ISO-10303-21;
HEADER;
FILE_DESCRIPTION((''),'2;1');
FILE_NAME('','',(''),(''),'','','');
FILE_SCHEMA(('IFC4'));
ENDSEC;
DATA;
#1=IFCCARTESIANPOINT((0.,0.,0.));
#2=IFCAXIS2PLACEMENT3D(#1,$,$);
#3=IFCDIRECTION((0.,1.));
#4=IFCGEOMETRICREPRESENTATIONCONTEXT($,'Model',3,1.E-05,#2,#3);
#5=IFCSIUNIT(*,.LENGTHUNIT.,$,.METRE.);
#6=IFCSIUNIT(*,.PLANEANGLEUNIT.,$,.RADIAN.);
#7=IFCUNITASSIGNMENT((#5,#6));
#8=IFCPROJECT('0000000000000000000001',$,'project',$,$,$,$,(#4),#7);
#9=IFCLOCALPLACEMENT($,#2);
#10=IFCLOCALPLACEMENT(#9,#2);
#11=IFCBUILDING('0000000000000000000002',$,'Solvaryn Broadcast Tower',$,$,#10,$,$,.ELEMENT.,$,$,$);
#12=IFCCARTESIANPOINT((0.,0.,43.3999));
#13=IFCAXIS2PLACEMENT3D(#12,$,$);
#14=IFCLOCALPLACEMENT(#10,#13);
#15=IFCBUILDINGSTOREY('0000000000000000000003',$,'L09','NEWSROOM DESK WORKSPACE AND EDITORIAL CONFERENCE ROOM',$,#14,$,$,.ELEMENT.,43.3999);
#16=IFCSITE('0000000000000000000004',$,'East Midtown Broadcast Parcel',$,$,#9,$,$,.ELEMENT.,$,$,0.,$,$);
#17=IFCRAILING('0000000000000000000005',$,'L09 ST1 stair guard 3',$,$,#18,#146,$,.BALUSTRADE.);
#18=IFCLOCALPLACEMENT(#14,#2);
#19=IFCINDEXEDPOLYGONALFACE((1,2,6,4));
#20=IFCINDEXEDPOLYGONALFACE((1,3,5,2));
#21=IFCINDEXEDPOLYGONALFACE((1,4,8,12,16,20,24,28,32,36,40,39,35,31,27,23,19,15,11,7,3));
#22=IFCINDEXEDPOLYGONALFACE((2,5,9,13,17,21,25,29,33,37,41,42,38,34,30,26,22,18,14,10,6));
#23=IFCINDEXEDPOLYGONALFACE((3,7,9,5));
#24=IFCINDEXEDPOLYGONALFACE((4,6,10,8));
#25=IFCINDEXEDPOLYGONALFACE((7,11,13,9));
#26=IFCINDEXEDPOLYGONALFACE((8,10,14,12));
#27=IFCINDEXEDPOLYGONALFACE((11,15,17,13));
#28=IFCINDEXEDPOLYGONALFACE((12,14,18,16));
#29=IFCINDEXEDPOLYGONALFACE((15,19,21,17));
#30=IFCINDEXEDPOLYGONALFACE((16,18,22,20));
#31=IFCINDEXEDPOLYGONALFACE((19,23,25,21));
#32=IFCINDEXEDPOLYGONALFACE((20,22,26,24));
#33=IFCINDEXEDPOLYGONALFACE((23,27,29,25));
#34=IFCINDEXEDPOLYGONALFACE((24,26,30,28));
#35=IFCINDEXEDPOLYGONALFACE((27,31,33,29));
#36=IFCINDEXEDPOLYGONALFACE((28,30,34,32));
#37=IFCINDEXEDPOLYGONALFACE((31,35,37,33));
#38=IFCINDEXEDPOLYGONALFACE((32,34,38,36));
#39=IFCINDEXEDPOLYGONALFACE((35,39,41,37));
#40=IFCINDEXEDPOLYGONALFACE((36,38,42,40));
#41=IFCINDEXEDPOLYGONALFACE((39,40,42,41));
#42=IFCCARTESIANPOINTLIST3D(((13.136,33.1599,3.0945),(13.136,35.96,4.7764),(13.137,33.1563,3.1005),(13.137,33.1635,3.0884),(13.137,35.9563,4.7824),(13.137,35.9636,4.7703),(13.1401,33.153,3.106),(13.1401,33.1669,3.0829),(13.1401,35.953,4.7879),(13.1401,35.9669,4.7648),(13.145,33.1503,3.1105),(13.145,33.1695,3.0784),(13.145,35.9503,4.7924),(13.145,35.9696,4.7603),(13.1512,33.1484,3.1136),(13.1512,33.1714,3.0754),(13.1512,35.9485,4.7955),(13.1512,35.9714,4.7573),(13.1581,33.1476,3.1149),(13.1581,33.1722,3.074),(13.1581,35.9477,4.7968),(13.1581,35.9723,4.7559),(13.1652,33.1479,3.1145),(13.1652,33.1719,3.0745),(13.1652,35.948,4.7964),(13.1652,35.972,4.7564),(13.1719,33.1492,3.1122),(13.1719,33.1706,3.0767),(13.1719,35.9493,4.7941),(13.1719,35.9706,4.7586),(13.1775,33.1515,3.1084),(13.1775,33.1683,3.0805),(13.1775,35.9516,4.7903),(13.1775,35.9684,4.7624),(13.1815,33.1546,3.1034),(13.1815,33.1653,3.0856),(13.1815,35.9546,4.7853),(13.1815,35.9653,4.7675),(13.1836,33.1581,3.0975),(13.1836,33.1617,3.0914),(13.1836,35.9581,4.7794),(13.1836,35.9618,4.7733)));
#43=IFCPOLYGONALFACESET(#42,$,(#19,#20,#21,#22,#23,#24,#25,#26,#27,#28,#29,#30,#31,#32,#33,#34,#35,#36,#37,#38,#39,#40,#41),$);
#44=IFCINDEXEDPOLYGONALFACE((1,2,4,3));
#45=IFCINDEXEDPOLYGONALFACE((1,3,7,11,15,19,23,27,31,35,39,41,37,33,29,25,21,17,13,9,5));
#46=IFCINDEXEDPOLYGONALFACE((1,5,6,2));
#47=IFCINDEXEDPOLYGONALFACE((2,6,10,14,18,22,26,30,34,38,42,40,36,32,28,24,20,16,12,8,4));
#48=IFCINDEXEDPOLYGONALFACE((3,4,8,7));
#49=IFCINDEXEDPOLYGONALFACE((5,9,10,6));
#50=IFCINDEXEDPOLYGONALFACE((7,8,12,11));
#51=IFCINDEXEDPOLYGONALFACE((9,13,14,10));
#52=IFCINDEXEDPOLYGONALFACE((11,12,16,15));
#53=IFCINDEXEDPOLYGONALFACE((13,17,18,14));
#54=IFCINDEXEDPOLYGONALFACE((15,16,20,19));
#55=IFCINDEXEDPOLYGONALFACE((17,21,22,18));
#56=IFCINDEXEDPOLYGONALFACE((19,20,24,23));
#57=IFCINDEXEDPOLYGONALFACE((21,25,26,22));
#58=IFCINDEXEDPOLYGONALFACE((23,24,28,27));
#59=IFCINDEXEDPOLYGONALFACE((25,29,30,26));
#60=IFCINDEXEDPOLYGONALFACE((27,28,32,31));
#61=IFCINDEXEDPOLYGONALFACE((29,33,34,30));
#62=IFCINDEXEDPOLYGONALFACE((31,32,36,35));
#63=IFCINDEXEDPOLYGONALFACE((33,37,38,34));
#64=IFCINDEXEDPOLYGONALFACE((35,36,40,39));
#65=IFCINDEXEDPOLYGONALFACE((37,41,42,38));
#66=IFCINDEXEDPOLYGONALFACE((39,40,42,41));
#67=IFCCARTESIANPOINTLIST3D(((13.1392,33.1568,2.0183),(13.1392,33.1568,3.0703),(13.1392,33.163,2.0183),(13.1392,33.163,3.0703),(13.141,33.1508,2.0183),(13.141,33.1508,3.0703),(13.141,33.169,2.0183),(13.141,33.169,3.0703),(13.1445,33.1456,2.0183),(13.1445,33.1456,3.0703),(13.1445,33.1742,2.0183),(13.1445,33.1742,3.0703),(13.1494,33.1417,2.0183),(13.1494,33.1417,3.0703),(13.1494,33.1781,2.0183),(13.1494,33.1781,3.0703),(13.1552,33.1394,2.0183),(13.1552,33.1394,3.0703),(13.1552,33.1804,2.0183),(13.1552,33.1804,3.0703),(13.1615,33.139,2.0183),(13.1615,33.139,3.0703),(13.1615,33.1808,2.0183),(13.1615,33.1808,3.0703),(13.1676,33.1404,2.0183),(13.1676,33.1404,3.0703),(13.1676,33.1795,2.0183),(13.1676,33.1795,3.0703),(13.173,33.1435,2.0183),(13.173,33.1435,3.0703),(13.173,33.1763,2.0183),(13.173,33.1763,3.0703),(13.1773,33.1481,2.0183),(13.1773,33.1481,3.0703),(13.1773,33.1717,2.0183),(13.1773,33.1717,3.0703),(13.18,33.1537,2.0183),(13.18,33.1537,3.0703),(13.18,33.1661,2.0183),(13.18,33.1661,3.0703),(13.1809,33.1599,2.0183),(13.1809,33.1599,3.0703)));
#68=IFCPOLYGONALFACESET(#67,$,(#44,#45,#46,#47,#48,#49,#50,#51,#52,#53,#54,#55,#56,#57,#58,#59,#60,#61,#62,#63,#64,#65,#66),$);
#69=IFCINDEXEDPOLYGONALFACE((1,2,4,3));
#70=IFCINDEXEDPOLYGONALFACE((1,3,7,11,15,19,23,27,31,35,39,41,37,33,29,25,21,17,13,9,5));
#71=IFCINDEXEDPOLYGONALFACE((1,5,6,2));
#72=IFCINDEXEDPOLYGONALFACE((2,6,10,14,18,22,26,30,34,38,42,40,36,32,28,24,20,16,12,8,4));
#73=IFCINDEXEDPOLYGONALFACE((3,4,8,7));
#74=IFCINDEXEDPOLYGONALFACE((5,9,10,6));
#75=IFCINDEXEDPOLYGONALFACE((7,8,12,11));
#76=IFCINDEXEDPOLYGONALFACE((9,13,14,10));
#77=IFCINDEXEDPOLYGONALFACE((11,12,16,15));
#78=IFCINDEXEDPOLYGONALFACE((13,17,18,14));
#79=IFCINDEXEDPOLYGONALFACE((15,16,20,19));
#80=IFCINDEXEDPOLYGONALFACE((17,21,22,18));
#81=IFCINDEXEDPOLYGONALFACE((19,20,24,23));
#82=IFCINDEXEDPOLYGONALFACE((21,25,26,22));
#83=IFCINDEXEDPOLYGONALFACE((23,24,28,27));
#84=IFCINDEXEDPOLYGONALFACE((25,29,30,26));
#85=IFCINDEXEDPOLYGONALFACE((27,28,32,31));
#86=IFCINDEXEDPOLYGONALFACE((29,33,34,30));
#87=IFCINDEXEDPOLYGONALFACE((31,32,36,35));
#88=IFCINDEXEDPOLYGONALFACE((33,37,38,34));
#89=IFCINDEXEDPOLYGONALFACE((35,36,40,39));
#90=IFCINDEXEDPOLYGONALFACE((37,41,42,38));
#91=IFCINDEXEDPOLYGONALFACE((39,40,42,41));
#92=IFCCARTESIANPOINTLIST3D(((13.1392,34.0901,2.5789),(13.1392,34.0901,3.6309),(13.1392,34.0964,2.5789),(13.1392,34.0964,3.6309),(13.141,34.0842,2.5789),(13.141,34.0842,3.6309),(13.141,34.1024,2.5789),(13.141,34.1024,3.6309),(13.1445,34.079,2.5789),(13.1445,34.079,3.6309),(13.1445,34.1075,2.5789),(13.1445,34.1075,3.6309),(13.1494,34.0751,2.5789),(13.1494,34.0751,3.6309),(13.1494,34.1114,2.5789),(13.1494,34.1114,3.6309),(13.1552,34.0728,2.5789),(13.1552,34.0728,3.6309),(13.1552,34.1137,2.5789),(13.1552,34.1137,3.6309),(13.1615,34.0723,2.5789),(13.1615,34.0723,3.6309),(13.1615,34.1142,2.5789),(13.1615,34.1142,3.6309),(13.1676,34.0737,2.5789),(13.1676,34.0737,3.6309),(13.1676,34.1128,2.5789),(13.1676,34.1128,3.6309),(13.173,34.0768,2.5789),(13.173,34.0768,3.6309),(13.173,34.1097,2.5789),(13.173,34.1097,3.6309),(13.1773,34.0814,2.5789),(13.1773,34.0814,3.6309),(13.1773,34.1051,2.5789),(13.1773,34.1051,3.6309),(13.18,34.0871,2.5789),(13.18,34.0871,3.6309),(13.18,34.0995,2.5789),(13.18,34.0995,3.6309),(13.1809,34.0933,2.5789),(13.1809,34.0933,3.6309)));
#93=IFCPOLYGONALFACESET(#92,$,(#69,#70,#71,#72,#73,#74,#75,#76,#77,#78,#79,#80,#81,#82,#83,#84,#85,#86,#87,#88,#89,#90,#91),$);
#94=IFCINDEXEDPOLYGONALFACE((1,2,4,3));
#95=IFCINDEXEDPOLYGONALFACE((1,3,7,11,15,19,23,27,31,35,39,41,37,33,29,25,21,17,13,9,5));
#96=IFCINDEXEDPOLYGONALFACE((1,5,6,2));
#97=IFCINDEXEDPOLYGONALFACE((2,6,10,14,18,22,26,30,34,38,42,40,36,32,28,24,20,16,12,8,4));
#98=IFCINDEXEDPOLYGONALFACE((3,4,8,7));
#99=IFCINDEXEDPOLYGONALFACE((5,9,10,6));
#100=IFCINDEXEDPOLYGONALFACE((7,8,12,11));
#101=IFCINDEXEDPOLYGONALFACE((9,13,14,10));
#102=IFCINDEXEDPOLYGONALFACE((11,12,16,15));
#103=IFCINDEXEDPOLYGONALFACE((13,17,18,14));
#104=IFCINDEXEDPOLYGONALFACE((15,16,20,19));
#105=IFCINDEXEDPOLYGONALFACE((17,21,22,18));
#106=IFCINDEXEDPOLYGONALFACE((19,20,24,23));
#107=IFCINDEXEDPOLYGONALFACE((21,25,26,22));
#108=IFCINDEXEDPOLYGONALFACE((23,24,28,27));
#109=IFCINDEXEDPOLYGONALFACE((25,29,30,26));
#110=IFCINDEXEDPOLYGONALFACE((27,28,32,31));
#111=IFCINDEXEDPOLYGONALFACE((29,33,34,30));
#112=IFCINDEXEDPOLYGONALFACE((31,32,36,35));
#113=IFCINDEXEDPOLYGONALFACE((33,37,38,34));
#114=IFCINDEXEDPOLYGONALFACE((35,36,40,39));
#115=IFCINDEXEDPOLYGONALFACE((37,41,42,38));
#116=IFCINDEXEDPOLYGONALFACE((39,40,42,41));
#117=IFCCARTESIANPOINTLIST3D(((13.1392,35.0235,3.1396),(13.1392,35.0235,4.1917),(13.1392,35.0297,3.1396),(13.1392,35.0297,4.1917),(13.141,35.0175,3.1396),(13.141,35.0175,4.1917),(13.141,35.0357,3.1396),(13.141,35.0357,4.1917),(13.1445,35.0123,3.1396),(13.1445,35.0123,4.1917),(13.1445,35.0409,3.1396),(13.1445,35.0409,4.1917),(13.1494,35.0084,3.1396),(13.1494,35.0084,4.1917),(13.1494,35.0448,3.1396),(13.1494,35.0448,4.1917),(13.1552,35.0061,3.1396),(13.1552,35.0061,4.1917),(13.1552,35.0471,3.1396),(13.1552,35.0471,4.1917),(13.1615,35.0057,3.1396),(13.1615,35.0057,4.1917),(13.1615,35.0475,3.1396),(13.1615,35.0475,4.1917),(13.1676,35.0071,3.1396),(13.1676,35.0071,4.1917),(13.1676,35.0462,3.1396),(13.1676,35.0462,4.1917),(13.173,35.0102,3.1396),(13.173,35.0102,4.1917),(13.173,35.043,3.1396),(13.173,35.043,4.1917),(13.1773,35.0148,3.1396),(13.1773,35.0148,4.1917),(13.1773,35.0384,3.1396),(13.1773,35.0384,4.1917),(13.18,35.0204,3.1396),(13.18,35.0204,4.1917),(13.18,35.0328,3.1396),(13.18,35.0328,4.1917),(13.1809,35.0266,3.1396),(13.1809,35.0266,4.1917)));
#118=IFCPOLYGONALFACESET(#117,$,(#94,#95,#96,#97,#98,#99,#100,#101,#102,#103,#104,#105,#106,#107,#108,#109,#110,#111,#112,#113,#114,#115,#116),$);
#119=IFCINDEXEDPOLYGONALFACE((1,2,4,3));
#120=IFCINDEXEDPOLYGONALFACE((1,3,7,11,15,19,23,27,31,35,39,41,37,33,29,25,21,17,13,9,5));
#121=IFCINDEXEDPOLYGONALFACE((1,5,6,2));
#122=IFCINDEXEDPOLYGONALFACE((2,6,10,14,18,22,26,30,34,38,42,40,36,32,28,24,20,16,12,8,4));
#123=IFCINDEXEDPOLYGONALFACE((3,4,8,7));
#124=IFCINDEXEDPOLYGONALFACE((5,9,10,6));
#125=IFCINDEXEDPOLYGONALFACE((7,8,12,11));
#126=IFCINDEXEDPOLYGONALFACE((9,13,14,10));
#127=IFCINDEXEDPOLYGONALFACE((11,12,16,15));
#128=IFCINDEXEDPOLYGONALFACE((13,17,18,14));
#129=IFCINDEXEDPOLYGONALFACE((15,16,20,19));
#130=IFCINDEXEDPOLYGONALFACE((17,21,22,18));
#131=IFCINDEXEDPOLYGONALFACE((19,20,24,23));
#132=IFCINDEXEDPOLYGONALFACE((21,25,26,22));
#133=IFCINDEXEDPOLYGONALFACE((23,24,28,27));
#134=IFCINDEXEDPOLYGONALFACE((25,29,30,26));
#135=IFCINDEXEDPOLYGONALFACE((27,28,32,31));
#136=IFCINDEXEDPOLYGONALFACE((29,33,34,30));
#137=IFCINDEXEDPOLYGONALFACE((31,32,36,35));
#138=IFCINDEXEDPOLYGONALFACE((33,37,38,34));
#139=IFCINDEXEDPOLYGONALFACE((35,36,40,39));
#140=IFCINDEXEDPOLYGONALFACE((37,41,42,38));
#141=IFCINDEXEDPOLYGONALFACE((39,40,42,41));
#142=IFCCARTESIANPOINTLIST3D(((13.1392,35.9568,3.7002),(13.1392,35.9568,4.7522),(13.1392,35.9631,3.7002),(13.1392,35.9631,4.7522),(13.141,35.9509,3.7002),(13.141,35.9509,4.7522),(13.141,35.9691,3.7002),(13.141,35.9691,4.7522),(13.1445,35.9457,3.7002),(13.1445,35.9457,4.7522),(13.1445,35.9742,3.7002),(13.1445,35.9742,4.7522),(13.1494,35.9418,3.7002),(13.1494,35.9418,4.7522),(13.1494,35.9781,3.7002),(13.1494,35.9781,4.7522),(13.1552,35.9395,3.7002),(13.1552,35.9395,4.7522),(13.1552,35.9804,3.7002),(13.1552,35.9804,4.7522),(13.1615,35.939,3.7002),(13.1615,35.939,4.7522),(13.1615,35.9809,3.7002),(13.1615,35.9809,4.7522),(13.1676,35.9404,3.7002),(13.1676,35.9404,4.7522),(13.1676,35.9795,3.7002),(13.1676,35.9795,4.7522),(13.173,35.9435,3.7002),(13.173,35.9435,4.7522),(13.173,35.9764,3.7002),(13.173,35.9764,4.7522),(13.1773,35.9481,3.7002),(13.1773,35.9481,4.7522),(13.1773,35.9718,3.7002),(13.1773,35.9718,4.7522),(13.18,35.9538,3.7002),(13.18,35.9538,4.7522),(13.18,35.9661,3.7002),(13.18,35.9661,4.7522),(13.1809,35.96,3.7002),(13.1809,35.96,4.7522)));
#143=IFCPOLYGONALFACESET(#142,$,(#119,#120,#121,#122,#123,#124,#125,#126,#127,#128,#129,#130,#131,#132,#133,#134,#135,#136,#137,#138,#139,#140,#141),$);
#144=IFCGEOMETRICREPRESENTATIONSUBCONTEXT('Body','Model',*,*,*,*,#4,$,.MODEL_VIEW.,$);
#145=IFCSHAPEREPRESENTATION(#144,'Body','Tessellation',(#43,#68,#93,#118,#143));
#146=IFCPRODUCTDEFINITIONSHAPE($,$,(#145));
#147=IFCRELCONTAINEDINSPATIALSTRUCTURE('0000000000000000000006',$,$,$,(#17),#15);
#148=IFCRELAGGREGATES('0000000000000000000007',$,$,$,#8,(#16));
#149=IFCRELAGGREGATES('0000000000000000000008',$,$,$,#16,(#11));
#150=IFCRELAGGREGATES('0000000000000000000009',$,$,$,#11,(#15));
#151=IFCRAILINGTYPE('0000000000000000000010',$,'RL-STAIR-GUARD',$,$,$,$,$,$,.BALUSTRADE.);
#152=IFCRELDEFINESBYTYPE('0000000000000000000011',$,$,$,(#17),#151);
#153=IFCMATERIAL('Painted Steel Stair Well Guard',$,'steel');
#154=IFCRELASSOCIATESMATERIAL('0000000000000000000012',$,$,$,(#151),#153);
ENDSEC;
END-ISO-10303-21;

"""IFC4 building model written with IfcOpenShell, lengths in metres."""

from ifc_helpers import new_model, si_unit, direction, frame, origin, origin_2d, place, context, subcontext, project, spatial, circle, extrude, material, type_object, element, save


model = new_model("IFC4")

# Units and contexts
model_context = context("Model", 3, precision=1e-05, world=origin(), true_north=direction((0.0, 1.0)))
body_context = subcontext(model_context, "Body", "Model", "MODEL_VIEW")
ifc_project = project(units=[si_unit("LENGTHUNIT", "METRE"), si_unit("PLANEANGLEUNIT", "RADIAN")], contexts=[model_context])

# Site, building, storey
site_placement = place(None, origin())
site = spatial("IfcSite", under=ifc_project, at=site_placement, Name="East Midtown Broadcast Parcel", CompositionType="ELEMENT", RefElevation=0.0)
building_placement = place(site_placement, origin())
building = spatial("IfcBuilding", under=site, at=building_placement, Name="Solvaryn Broadcast Tower", CompositionType="ELEMENT")
storey_placement = place(building_placement, frame((0.0, 0.0, 43.3999)))
storey = spatial("IfcBuildingStorey", under=building, at=storey_placement, Name="L09", Description="NEWSROOM DESK WORKSPACE AND EDITORIAL CONFERENCE ROOM", CompositionType="ELEMENT", Elevation=43.3999)

# Railing
ifc_material_1 = material(Name="Painted Steel Stair Well Guard", Category="steel")
railing_type_1 = type_object("IfcRailingType", Name="RL-STAIR-GUARD", PredefinedType="BALUSTRADE", material=ifc_material_1)
railing_1_placement = place(storey_placement, frame((13.1599, 33.1599, 2.0183)))
element("IfcRailing", 1, at=railing_1_placement, inside=storey, type_object=railing_type_1, Name="L09 ST1 stair guard 3", PredefinedType="BALUSTRADE", context=body_context, shape_type="SweptSolid", body=[
    extrude(circle(Radius=0.0239, at=origin_2d()), frame((0.0, 0.0, 1.0762), z_axis=(0.0, 0.857242, 0.514913), x_axis=(-1.0, 0.0, 0.0)), (0.0, 0.0, 1.0), 3.2664),
    extrude(circle(Radius=0.021, at=origin_2d()), origin(), (0.0, 0.0, 1.0), 1.052),
    extrude(circle(Radius=0.021, at=origin_2d()), frame((0.0, 0.9333, 0.5605)), (0.0, 0.0, 1.0), 1.052),
    extrude(circle(Radius=0.021, at=origin_2d()), frame((0.0, 1.8667, 1.1213)), (0.0, 0.0, 1.0), 1.052),
    extrude(circle(Radius=0.021, at=origin_2d()), frame((0.0, 2.8, 1.6819)), (0.0, 0.0, 1.0), 1.052),
])

save(model, "model.ifc")
